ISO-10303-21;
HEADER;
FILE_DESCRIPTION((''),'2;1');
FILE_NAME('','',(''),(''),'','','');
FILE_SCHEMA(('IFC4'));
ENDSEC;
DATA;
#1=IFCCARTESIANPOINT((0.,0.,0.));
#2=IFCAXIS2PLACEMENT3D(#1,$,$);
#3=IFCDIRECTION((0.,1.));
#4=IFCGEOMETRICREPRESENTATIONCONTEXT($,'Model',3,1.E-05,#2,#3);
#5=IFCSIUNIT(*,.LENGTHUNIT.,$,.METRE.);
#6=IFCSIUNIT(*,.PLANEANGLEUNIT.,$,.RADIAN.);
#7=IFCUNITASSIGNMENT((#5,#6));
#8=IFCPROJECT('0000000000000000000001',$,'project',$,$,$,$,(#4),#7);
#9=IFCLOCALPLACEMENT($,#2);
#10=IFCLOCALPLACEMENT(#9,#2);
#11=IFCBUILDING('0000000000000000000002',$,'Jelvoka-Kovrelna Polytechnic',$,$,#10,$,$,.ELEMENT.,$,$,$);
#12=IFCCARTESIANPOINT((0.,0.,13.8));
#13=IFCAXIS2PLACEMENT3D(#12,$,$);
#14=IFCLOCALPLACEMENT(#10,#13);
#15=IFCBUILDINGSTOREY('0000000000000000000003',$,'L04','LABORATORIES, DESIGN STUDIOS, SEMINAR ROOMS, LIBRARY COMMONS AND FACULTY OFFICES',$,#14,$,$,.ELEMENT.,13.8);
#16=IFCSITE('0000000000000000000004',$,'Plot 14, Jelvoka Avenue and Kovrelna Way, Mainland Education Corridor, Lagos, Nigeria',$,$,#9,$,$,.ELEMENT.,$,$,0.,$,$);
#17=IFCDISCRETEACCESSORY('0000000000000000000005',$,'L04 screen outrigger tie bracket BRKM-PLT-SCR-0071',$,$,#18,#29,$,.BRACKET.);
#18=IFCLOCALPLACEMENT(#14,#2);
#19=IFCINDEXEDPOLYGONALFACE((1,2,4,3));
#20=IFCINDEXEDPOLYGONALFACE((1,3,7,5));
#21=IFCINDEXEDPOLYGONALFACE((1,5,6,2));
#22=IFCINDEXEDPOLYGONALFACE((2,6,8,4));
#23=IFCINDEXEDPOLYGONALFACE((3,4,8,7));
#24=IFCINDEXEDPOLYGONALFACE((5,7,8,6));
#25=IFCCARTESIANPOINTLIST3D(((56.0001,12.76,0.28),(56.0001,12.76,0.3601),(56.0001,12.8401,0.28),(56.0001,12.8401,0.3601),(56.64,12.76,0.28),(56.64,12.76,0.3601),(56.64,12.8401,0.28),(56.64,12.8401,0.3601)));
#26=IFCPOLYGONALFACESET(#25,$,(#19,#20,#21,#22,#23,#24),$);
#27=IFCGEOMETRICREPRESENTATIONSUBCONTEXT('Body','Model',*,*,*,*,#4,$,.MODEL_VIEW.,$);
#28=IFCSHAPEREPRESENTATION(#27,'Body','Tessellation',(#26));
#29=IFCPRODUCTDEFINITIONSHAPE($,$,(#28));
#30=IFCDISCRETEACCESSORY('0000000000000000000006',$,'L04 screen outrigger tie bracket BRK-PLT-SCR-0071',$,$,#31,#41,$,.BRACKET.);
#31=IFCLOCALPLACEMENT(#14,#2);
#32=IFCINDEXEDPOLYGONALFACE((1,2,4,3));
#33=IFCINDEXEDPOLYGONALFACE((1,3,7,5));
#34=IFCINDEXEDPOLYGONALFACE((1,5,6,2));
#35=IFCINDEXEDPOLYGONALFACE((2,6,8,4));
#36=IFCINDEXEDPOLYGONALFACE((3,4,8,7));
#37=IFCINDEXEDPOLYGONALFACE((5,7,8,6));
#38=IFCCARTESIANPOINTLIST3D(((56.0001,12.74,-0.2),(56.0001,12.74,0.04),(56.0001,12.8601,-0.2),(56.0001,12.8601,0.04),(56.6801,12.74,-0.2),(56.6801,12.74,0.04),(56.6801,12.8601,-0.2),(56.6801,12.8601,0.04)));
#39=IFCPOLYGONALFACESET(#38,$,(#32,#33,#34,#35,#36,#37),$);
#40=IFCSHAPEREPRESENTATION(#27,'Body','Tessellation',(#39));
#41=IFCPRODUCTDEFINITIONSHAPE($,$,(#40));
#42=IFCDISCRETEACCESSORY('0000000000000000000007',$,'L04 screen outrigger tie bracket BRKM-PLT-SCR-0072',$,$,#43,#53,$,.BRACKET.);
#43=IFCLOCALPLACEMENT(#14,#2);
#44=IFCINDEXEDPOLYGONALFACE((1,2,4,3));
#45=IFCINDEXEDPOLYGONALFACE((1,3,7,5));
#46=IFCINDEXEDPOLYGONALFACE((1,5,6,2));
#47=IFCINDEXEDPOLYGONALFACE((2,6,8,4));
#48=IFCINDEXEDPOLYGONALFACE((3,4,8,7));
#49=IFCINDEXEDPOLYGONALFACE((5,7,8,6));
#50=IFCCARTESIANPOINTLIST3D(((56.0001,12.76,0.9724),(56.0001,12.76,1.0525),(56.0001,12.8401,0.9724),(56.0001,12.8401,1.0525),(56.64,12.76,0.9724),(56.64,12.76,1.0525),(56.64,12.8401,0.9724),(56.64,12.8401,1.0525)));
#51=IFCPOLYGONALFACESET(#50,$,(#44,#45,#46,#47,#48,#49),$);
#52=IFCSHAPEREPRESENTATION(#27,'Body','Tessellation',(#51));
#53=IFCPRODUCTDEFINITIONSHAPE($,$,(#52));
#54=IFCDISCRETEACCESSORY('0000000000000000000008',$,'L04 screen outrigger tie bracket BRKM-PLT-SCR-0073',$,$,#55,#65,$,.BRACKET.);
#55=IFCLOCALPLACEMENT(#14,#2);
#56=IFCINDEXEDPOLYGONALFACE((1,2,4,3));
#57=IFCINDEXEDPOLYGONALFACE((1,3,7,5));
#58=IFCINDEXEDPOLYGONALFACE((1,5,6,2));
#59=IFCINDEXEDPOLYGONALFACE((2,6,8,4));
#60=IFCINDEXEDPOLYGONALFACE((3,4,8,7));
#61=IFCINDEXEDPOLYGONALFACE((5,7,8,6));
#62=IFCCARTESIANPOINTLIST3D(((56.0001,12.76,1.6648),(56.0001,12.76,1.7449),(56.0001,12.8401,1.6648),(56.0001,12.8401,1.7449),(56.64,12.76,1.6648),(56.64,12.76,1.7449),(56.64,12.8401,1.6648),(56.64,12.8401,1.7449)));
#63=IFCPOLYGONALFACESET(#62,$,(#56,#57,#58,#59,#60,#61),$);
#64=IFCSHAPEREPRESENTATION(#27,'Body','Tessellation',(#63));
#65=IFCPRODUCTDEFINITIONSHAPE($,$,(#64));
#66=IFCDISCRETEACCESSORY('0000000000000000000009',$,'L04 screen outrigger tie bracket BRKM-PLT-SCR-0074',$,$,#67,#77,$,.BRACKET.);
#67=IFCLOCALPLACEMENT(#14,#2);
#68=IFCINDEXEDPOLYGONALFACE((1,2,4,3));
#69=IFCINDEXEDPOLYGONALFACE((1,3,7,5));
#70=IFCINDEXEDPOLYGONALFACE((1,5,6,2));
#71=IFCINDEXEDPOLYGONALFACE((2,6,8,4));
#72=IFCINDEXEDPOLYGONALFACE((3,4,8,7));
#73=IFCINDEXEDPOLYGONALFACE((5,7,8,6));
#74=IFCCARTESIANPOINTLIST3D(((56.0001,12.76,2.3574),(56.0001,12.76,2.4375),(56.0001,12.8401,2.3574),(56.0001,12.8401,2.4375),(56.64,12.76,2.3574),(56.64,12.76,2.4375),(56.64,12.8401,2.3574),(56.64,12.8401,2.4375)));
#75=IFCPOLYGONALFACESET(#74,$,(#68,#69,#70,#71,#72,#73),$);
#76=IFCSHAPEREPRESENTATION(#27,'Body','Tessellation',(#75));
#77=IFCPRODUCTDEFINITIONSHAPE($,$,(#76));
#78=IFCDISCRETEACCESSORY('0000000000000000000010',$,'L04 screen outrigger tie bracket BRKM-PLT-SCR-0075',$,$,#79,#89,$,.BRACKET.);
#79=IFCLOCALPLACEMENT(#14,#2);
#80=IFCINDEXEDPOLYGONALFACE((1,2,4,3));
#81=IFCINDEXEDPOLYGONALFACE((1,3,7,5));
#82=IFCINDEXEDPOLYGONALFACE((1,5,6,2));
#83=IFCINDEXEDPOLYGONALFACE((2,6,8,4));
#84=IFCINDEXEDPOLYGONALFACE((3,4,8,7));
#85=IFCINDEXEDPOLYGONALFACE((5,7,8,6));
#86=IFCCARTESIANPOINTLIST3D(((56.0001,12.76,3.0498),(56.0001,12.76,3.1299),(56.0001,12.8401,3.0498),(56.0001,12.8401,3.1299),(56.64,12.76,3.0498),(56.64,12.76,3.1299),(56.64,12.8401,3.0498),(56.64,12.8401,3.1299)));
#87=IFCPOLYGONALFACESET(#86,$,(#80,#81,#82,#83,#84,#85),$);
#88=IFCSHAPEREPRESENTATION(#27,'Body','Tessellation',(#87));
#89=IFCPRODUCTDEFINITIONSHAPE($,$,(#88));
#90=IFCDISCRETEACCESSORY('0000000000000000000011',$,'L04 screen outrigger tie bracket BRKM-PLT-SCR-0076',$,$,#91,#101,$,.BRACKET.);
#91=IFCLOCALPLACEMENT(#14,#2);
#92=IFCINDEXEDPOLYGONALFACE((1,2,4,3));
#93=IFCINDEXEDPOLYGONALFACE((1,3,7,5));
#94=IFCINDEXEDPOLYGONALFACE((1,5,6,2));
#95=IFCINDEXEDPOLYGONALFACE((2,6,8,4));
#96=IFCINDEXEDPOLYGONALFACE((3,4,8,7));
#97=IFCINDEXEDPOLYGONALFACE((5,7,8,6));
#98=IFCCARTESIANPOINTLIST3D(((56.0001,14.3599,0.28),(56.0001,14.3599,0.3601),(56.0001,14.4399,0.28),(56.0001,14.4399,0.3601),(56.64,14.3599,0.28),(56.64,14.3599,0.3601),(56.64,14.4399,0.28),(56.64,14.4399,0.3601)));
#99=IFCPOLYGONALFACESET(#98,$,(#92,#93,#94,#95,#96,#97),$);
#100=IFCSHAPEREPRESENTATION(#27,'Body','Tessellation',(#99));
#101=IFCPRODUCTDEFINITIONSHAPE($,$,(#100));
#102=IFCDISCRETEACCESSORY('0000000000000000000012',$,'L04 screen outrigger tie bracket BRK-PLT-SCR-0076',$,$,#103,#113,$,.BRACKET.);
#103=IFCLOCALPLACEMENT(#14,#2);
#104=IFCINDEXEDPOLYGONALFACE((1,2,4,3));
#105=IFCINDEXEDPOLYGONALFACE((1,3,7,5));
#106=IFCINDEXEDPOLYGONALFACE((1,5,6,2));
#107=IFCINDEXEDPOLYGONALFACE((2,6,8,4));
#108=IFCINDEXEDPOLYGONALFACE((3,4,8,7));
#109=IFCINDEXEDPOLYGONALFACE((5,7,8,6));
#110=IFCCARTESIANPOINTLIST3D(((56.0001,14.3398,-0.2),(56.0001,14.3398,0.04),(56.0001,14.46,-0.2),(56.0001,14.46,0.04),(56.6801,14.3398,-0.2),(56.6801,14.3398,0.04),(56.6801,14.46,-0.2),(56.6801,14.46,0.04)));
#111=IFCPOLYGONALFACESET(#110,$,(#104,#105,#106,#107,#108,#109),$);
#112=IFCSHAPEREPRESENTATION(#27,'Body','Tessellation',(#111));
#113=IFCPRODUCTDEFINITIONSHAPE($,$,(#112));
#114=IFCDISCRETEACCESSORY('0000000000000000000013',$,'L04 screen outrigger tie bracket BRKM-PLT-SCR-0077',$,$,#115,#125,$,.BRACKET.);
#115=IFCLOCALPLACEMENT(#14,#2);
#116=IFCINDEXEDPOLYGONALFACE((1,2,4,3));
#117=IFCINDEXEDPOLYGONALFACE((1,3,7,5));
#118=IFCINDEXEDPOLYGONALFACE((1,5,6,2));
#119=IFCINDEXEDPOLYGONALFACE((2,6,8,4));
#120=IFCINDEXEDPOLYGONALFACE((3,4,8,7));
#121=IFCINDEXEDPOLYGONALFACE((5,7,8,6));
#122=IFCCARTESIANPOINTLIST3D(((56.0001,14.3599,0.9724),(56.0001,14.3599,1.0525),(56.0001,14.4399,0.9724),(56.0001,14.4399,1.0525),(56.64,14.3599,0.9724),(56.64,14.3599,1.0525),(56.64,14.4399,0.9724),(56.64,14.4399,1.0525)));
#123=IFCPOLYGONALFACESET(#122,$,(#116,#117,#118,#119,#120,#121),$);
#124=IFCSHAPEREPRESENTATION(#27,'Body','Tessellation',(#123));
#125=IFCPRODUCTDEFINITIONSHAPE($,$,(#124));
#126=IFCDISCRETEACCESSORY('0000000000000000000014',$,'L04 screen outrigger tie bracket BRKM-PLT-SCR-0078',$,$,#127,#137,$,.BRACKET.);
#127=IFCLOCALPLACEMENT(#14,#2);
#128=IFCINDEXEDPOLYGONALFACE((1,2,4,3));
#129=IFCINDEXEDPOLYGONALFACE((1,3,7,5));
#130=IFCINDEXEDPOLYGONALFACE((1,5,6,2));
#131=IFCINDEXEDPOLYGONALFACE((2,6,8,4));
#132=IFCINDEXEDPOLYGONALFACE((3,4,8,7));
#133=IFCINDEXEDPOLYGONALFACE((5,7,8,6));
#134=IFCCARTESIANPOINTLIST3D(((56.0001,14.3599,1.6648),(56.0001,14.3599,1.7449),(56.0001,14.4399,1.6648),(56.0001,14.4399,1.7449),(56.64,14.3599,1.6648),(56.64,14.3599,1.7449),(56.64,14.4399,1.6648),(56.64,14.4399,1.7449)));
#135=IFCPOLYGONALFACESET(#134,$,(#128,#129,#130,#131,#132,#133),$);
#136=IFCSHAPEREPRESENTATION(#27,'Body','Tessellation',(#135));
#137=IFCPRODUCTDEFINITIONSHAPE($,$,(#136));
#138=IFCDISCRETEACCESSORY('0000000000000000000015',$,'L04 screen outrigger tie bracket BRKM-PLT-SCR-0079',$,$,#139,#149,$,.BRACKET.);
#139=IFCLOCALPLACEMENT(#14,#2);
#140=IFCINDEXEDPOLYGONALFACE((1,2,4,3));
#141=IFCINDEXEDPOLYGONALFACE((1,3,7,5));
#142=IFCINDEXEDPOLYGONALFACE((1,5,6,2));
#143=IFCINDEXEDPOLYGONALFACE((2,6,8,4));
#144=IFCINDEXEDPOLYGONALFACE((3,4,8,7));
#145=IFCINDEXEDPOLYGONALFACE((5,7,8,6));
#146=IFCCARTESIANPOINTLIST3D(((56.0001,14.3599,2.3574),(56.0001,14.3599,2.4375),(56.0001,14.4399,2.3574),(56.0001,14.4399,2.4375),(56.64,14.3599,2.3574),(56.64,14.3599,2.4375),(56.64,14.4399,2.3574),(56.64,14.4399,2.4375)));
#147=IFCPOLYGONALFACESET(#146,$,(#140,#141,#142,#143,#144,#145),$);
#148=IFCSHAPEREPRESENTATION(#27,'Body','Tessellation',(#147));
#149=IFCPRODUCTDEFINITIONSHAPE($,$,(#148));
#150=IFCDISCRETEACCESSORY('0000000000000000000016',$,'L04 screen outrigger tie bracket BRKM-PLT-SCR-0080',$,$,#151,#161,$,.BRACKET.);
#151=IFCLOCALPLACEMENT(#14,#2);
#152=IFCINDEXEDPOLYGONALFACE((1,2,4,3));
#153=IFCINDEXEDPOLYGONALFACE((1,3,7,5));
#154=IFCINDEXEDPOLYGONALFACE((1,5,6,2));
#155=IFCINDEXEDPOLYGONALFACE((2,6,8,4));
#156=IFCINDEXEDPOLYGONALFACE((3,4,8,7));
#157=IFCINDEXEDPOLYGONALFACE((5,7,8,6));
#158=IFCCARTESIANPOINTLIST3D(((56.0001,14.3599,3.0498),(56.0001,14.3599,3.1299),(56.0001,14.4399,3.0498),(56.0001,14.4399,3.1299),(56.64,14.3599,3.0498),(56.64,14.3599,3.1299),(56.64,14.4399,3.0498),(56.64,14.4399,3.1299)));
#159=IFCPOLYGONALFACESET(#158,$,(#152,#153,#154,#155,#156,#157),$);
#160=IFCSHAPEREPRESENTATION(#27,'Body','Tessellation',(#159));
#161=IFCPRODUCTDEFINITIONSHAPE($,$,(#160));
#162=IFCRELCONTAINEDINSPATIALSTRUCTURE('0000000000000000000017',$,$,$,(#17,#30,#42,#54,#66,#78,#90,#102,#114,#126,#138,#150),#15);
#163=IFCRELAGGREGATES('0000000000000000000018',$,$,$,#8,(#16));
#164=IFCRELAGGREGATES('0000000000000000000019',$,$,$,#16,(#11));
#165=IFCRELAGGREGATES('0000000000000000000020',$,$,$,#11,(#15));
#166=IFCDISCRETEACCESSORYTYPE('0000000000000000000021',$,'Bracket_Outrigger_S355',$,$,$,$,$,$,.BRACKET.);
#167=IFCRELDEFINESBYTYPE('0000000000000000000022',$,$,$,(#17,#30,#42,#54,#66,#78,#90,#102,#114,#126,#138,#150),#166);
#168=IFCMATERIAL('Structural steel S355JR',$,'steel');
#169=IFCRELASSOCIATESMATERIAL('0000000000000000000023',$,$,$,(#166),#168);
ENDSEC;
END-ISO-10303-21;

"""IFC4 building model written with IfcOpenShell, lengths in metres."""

from ifc_helpers import new_model, si_unit, direction, frame, origin, origin_2d, place, context, subcontext, project, spatial, rectangle, extrude, material, type_object, element, save


model = new_model("IFC4")

# Units and contexts
model_context = context("Model", 3, precision=1e-05, world=origin(), true_north=direction((0.0, 1.0)))
body_context = subcontext(model_context, "Body", "Model", "MODEL_VIEW")
ifc_project = project(units=[si_unit("LENGTHUNIT", "METRE"), si_unit("PLANEANGLEUNIT", "RADIAN")], contexts=[model_context])

# Site, building, storey
site_placement = place(None, origin())
site = spatial("IfcSite", under=ifc_project, at=site_placement, Name="Plot 14, Jelvoka Avenue and Kovrelna Way, Mainland Education Corridor, Lagos, Nigeria", CompositionType="ELEMENT", RefElevation=0.0)
building_placement = place(site_placement, origin())
building = spatial("IfcBuilding", under=site, at=building_placement, Name="Jelvoka-Kovrelna Polytechnic", CompositionType="ELEMENT")
storey_placement = place(building_placement, frame((0.0, 0.0, 13.8)))
storey = spatial("IfcBuildingStorey", under=building, at=storey_placement, Name="L04", Description="LABORATORIES, DESIGN STUDIOS, SEMINAR ROOMS, LIBRARY COMMONS AND FACULTY OFFICES", CompositionType="ELEMENT", Elevation=13.8)

# Discrete accessories
ifc_material_1 = material(Name="Structural steel S355JR", Category="steel")
discrete_accessory_type = type_object("IfcDiscreteAccessoryType", Name="Bracket_Outrigger_S355", PredefinedType="BRACKET", material=ifc_material_1)
for number, where, z_axis, x_axis, name in (
    (1, (56.3201, 12.8, 0.28), (0.0, 0.0, 1.0), (1.0, 0.0, 0.0), "L04 screen outrigger tie bracket BRKM-PLT-SCR-0071"),
):
    element("IfcDiscreteAccessory", number, at=place(storey_placement, frame(where, z_axis=z_axis, x_axis=x_axis)), inside=storey, type_object=discrete_accessory_type, Name=name, PredefinedType="BRACKET", context=body_context, shape_type="SweptSolid", body=[
        extrude(rectangle(XDim=0.6399, YDim=0.0801, at=origin_2d()), origin(), (0.0, 0.0, 1.0), 0.0801),
    ])
discrete_accessory_1_placement = place(storey_placement, frame((56.3401, 12.8, -0.2), z_axis=(0.0, 0.0, 1.0), x_axis=(1.0, 0.0, 0.0)))
element("IfcDiscreteAccessory", 2, at=discrete_accessory_1_placement, inside=storey, type_object=discrete_accessory_type, Name="L04 screen outrigger tie bracket BRK-PLT-SCR-0071", PredefinedType="BRACKET", context=body_context, shape_type="SweptSolid", body=[
    extrude(rectangle(XDim=0.6799, YDim=0.1201, at=origin_2d()), origin(), (0.0, 0.0, 1.0), 0.24),
])
for number, where, z_axis, x_axis, name in (
    (3, (56.3201, 12.8, 0.9724), (0.0, 0.0, 1.0), (1.0, 0.0, 0.0), "L04 screen outrigger tie bracket BRKM-PLT-SCR-0072"),
    (4, (56.3201, 12.8, 1.6648), (0.0, 0.0, 1.0), (1.0, 0.0, 0.0), "L04 screen outrigger tie bracket BRKM-PLT-SCR-0073"),
    (5, (56.3201, 12.8, 2.3574), (0.0, 0.0, 1.0), (1.0, 0.0, 0.0), "L04 screen outrigger tie bracket BRKM-PLT-SCR-0074"),
    (6, (56.3201, 12.8, 3.0498), (0.0, 0.0, 1.0), (1.0, 0.0, 0.0), "L04 screen outrigger tie bracket BRKM-PLT-SCR-0075"),
    (7, (56.3201, 14.3999, 0.28), (0.0, 0.0, 1.0), (1.0, 0.0, 0.0), "L04 screen outrigger tie bracket BRKM-PLT-SCR-0076"),
):
    element("IfcDiscreteAccessory", number, at=place(storey_placement, frame(where, z_axis=z_axis, x_axis=x_axis)), inside=storey, type_object=discrete_accessory_type, Name=name, PredefinedType="BRACKET", context=body_context, shape_type="SweptSolid", body=[
        extrude(rectangle(XDim=0.6399, YDim=0.0801, at=origin_2d()), origin(), (0.0, 0.0, 1.0), 0.0801),
    ])
discrete_accessory_2_placement = place(storey_placement, frame((56.3401, 14.3999, -0.2), z_axis=(0.0, 0.0, 1.0), x_axis=(1.0, 0.0, 0.0)))
element("IfcDiscreteAccessory", 8, at=discrete_accessory_2_placement, inside=storey, type_object=discrete_accessory_type, Name="L04 screen outrigger tie bracket BRK-PLT-SCR-0076", PredefinedType="BRACKET", context=body_context, shape_type="SweptSolid", body=[
    extrude(rectangle(XDim=0.6799, YDim=0.1201, at=origin_2d()), origin(), (0.0, 0.0, 1.0), 0.24),
])
for number, where, z_axis, x_axis, name in (
    (9, (56.3201, 14.3999, 0.9724), (0.0, 0.0, 1.0), (1.0, 0.0, 0.0), "L04 screen outrigger tie bracket BRKM-PLT-SCR-0077"),
    (10, (56.3201, 14.3999, 1.6648), (0.0, 0.0, 1.0), (1.0, 0.0, 0.0), "L04 screen outrigger tie bracket BRKM-PLT-SCR-0078"),
    (11, (56.3201, 14.3999, 2.3574), (0.0, 0.0, 1.0), (1.0, 0.0, 0.0), "L04 screen outrigger tie bracket BRKM-PLT-SCR-0079"),
    (12, (56.3201, 14.3999, 3.0498), (0.0, 0.0, 1.0), (1.0, 0.0, 0.0), "L04 screen outrigger tie bracket BRKM-PLT-SCR-0080"),
):
    element("IfcDiscreteAccessory", number, at=place(storey_placement, frame(where, z_axis=z_axis, x_axis=x_axis)), inside=storey, type_object=discrete_accessory_type, Name=name, PredefinedType="BRACKET", context=body_context, shape_type="SweptSolid", body=[
        extrude(rectangle(XDim=0.6399, YDim=0.0801, at=origin_2d()), origin(), (0.0, 0.0, 1.0), 0.0801),
    ])

save(model, "model.ifc")
